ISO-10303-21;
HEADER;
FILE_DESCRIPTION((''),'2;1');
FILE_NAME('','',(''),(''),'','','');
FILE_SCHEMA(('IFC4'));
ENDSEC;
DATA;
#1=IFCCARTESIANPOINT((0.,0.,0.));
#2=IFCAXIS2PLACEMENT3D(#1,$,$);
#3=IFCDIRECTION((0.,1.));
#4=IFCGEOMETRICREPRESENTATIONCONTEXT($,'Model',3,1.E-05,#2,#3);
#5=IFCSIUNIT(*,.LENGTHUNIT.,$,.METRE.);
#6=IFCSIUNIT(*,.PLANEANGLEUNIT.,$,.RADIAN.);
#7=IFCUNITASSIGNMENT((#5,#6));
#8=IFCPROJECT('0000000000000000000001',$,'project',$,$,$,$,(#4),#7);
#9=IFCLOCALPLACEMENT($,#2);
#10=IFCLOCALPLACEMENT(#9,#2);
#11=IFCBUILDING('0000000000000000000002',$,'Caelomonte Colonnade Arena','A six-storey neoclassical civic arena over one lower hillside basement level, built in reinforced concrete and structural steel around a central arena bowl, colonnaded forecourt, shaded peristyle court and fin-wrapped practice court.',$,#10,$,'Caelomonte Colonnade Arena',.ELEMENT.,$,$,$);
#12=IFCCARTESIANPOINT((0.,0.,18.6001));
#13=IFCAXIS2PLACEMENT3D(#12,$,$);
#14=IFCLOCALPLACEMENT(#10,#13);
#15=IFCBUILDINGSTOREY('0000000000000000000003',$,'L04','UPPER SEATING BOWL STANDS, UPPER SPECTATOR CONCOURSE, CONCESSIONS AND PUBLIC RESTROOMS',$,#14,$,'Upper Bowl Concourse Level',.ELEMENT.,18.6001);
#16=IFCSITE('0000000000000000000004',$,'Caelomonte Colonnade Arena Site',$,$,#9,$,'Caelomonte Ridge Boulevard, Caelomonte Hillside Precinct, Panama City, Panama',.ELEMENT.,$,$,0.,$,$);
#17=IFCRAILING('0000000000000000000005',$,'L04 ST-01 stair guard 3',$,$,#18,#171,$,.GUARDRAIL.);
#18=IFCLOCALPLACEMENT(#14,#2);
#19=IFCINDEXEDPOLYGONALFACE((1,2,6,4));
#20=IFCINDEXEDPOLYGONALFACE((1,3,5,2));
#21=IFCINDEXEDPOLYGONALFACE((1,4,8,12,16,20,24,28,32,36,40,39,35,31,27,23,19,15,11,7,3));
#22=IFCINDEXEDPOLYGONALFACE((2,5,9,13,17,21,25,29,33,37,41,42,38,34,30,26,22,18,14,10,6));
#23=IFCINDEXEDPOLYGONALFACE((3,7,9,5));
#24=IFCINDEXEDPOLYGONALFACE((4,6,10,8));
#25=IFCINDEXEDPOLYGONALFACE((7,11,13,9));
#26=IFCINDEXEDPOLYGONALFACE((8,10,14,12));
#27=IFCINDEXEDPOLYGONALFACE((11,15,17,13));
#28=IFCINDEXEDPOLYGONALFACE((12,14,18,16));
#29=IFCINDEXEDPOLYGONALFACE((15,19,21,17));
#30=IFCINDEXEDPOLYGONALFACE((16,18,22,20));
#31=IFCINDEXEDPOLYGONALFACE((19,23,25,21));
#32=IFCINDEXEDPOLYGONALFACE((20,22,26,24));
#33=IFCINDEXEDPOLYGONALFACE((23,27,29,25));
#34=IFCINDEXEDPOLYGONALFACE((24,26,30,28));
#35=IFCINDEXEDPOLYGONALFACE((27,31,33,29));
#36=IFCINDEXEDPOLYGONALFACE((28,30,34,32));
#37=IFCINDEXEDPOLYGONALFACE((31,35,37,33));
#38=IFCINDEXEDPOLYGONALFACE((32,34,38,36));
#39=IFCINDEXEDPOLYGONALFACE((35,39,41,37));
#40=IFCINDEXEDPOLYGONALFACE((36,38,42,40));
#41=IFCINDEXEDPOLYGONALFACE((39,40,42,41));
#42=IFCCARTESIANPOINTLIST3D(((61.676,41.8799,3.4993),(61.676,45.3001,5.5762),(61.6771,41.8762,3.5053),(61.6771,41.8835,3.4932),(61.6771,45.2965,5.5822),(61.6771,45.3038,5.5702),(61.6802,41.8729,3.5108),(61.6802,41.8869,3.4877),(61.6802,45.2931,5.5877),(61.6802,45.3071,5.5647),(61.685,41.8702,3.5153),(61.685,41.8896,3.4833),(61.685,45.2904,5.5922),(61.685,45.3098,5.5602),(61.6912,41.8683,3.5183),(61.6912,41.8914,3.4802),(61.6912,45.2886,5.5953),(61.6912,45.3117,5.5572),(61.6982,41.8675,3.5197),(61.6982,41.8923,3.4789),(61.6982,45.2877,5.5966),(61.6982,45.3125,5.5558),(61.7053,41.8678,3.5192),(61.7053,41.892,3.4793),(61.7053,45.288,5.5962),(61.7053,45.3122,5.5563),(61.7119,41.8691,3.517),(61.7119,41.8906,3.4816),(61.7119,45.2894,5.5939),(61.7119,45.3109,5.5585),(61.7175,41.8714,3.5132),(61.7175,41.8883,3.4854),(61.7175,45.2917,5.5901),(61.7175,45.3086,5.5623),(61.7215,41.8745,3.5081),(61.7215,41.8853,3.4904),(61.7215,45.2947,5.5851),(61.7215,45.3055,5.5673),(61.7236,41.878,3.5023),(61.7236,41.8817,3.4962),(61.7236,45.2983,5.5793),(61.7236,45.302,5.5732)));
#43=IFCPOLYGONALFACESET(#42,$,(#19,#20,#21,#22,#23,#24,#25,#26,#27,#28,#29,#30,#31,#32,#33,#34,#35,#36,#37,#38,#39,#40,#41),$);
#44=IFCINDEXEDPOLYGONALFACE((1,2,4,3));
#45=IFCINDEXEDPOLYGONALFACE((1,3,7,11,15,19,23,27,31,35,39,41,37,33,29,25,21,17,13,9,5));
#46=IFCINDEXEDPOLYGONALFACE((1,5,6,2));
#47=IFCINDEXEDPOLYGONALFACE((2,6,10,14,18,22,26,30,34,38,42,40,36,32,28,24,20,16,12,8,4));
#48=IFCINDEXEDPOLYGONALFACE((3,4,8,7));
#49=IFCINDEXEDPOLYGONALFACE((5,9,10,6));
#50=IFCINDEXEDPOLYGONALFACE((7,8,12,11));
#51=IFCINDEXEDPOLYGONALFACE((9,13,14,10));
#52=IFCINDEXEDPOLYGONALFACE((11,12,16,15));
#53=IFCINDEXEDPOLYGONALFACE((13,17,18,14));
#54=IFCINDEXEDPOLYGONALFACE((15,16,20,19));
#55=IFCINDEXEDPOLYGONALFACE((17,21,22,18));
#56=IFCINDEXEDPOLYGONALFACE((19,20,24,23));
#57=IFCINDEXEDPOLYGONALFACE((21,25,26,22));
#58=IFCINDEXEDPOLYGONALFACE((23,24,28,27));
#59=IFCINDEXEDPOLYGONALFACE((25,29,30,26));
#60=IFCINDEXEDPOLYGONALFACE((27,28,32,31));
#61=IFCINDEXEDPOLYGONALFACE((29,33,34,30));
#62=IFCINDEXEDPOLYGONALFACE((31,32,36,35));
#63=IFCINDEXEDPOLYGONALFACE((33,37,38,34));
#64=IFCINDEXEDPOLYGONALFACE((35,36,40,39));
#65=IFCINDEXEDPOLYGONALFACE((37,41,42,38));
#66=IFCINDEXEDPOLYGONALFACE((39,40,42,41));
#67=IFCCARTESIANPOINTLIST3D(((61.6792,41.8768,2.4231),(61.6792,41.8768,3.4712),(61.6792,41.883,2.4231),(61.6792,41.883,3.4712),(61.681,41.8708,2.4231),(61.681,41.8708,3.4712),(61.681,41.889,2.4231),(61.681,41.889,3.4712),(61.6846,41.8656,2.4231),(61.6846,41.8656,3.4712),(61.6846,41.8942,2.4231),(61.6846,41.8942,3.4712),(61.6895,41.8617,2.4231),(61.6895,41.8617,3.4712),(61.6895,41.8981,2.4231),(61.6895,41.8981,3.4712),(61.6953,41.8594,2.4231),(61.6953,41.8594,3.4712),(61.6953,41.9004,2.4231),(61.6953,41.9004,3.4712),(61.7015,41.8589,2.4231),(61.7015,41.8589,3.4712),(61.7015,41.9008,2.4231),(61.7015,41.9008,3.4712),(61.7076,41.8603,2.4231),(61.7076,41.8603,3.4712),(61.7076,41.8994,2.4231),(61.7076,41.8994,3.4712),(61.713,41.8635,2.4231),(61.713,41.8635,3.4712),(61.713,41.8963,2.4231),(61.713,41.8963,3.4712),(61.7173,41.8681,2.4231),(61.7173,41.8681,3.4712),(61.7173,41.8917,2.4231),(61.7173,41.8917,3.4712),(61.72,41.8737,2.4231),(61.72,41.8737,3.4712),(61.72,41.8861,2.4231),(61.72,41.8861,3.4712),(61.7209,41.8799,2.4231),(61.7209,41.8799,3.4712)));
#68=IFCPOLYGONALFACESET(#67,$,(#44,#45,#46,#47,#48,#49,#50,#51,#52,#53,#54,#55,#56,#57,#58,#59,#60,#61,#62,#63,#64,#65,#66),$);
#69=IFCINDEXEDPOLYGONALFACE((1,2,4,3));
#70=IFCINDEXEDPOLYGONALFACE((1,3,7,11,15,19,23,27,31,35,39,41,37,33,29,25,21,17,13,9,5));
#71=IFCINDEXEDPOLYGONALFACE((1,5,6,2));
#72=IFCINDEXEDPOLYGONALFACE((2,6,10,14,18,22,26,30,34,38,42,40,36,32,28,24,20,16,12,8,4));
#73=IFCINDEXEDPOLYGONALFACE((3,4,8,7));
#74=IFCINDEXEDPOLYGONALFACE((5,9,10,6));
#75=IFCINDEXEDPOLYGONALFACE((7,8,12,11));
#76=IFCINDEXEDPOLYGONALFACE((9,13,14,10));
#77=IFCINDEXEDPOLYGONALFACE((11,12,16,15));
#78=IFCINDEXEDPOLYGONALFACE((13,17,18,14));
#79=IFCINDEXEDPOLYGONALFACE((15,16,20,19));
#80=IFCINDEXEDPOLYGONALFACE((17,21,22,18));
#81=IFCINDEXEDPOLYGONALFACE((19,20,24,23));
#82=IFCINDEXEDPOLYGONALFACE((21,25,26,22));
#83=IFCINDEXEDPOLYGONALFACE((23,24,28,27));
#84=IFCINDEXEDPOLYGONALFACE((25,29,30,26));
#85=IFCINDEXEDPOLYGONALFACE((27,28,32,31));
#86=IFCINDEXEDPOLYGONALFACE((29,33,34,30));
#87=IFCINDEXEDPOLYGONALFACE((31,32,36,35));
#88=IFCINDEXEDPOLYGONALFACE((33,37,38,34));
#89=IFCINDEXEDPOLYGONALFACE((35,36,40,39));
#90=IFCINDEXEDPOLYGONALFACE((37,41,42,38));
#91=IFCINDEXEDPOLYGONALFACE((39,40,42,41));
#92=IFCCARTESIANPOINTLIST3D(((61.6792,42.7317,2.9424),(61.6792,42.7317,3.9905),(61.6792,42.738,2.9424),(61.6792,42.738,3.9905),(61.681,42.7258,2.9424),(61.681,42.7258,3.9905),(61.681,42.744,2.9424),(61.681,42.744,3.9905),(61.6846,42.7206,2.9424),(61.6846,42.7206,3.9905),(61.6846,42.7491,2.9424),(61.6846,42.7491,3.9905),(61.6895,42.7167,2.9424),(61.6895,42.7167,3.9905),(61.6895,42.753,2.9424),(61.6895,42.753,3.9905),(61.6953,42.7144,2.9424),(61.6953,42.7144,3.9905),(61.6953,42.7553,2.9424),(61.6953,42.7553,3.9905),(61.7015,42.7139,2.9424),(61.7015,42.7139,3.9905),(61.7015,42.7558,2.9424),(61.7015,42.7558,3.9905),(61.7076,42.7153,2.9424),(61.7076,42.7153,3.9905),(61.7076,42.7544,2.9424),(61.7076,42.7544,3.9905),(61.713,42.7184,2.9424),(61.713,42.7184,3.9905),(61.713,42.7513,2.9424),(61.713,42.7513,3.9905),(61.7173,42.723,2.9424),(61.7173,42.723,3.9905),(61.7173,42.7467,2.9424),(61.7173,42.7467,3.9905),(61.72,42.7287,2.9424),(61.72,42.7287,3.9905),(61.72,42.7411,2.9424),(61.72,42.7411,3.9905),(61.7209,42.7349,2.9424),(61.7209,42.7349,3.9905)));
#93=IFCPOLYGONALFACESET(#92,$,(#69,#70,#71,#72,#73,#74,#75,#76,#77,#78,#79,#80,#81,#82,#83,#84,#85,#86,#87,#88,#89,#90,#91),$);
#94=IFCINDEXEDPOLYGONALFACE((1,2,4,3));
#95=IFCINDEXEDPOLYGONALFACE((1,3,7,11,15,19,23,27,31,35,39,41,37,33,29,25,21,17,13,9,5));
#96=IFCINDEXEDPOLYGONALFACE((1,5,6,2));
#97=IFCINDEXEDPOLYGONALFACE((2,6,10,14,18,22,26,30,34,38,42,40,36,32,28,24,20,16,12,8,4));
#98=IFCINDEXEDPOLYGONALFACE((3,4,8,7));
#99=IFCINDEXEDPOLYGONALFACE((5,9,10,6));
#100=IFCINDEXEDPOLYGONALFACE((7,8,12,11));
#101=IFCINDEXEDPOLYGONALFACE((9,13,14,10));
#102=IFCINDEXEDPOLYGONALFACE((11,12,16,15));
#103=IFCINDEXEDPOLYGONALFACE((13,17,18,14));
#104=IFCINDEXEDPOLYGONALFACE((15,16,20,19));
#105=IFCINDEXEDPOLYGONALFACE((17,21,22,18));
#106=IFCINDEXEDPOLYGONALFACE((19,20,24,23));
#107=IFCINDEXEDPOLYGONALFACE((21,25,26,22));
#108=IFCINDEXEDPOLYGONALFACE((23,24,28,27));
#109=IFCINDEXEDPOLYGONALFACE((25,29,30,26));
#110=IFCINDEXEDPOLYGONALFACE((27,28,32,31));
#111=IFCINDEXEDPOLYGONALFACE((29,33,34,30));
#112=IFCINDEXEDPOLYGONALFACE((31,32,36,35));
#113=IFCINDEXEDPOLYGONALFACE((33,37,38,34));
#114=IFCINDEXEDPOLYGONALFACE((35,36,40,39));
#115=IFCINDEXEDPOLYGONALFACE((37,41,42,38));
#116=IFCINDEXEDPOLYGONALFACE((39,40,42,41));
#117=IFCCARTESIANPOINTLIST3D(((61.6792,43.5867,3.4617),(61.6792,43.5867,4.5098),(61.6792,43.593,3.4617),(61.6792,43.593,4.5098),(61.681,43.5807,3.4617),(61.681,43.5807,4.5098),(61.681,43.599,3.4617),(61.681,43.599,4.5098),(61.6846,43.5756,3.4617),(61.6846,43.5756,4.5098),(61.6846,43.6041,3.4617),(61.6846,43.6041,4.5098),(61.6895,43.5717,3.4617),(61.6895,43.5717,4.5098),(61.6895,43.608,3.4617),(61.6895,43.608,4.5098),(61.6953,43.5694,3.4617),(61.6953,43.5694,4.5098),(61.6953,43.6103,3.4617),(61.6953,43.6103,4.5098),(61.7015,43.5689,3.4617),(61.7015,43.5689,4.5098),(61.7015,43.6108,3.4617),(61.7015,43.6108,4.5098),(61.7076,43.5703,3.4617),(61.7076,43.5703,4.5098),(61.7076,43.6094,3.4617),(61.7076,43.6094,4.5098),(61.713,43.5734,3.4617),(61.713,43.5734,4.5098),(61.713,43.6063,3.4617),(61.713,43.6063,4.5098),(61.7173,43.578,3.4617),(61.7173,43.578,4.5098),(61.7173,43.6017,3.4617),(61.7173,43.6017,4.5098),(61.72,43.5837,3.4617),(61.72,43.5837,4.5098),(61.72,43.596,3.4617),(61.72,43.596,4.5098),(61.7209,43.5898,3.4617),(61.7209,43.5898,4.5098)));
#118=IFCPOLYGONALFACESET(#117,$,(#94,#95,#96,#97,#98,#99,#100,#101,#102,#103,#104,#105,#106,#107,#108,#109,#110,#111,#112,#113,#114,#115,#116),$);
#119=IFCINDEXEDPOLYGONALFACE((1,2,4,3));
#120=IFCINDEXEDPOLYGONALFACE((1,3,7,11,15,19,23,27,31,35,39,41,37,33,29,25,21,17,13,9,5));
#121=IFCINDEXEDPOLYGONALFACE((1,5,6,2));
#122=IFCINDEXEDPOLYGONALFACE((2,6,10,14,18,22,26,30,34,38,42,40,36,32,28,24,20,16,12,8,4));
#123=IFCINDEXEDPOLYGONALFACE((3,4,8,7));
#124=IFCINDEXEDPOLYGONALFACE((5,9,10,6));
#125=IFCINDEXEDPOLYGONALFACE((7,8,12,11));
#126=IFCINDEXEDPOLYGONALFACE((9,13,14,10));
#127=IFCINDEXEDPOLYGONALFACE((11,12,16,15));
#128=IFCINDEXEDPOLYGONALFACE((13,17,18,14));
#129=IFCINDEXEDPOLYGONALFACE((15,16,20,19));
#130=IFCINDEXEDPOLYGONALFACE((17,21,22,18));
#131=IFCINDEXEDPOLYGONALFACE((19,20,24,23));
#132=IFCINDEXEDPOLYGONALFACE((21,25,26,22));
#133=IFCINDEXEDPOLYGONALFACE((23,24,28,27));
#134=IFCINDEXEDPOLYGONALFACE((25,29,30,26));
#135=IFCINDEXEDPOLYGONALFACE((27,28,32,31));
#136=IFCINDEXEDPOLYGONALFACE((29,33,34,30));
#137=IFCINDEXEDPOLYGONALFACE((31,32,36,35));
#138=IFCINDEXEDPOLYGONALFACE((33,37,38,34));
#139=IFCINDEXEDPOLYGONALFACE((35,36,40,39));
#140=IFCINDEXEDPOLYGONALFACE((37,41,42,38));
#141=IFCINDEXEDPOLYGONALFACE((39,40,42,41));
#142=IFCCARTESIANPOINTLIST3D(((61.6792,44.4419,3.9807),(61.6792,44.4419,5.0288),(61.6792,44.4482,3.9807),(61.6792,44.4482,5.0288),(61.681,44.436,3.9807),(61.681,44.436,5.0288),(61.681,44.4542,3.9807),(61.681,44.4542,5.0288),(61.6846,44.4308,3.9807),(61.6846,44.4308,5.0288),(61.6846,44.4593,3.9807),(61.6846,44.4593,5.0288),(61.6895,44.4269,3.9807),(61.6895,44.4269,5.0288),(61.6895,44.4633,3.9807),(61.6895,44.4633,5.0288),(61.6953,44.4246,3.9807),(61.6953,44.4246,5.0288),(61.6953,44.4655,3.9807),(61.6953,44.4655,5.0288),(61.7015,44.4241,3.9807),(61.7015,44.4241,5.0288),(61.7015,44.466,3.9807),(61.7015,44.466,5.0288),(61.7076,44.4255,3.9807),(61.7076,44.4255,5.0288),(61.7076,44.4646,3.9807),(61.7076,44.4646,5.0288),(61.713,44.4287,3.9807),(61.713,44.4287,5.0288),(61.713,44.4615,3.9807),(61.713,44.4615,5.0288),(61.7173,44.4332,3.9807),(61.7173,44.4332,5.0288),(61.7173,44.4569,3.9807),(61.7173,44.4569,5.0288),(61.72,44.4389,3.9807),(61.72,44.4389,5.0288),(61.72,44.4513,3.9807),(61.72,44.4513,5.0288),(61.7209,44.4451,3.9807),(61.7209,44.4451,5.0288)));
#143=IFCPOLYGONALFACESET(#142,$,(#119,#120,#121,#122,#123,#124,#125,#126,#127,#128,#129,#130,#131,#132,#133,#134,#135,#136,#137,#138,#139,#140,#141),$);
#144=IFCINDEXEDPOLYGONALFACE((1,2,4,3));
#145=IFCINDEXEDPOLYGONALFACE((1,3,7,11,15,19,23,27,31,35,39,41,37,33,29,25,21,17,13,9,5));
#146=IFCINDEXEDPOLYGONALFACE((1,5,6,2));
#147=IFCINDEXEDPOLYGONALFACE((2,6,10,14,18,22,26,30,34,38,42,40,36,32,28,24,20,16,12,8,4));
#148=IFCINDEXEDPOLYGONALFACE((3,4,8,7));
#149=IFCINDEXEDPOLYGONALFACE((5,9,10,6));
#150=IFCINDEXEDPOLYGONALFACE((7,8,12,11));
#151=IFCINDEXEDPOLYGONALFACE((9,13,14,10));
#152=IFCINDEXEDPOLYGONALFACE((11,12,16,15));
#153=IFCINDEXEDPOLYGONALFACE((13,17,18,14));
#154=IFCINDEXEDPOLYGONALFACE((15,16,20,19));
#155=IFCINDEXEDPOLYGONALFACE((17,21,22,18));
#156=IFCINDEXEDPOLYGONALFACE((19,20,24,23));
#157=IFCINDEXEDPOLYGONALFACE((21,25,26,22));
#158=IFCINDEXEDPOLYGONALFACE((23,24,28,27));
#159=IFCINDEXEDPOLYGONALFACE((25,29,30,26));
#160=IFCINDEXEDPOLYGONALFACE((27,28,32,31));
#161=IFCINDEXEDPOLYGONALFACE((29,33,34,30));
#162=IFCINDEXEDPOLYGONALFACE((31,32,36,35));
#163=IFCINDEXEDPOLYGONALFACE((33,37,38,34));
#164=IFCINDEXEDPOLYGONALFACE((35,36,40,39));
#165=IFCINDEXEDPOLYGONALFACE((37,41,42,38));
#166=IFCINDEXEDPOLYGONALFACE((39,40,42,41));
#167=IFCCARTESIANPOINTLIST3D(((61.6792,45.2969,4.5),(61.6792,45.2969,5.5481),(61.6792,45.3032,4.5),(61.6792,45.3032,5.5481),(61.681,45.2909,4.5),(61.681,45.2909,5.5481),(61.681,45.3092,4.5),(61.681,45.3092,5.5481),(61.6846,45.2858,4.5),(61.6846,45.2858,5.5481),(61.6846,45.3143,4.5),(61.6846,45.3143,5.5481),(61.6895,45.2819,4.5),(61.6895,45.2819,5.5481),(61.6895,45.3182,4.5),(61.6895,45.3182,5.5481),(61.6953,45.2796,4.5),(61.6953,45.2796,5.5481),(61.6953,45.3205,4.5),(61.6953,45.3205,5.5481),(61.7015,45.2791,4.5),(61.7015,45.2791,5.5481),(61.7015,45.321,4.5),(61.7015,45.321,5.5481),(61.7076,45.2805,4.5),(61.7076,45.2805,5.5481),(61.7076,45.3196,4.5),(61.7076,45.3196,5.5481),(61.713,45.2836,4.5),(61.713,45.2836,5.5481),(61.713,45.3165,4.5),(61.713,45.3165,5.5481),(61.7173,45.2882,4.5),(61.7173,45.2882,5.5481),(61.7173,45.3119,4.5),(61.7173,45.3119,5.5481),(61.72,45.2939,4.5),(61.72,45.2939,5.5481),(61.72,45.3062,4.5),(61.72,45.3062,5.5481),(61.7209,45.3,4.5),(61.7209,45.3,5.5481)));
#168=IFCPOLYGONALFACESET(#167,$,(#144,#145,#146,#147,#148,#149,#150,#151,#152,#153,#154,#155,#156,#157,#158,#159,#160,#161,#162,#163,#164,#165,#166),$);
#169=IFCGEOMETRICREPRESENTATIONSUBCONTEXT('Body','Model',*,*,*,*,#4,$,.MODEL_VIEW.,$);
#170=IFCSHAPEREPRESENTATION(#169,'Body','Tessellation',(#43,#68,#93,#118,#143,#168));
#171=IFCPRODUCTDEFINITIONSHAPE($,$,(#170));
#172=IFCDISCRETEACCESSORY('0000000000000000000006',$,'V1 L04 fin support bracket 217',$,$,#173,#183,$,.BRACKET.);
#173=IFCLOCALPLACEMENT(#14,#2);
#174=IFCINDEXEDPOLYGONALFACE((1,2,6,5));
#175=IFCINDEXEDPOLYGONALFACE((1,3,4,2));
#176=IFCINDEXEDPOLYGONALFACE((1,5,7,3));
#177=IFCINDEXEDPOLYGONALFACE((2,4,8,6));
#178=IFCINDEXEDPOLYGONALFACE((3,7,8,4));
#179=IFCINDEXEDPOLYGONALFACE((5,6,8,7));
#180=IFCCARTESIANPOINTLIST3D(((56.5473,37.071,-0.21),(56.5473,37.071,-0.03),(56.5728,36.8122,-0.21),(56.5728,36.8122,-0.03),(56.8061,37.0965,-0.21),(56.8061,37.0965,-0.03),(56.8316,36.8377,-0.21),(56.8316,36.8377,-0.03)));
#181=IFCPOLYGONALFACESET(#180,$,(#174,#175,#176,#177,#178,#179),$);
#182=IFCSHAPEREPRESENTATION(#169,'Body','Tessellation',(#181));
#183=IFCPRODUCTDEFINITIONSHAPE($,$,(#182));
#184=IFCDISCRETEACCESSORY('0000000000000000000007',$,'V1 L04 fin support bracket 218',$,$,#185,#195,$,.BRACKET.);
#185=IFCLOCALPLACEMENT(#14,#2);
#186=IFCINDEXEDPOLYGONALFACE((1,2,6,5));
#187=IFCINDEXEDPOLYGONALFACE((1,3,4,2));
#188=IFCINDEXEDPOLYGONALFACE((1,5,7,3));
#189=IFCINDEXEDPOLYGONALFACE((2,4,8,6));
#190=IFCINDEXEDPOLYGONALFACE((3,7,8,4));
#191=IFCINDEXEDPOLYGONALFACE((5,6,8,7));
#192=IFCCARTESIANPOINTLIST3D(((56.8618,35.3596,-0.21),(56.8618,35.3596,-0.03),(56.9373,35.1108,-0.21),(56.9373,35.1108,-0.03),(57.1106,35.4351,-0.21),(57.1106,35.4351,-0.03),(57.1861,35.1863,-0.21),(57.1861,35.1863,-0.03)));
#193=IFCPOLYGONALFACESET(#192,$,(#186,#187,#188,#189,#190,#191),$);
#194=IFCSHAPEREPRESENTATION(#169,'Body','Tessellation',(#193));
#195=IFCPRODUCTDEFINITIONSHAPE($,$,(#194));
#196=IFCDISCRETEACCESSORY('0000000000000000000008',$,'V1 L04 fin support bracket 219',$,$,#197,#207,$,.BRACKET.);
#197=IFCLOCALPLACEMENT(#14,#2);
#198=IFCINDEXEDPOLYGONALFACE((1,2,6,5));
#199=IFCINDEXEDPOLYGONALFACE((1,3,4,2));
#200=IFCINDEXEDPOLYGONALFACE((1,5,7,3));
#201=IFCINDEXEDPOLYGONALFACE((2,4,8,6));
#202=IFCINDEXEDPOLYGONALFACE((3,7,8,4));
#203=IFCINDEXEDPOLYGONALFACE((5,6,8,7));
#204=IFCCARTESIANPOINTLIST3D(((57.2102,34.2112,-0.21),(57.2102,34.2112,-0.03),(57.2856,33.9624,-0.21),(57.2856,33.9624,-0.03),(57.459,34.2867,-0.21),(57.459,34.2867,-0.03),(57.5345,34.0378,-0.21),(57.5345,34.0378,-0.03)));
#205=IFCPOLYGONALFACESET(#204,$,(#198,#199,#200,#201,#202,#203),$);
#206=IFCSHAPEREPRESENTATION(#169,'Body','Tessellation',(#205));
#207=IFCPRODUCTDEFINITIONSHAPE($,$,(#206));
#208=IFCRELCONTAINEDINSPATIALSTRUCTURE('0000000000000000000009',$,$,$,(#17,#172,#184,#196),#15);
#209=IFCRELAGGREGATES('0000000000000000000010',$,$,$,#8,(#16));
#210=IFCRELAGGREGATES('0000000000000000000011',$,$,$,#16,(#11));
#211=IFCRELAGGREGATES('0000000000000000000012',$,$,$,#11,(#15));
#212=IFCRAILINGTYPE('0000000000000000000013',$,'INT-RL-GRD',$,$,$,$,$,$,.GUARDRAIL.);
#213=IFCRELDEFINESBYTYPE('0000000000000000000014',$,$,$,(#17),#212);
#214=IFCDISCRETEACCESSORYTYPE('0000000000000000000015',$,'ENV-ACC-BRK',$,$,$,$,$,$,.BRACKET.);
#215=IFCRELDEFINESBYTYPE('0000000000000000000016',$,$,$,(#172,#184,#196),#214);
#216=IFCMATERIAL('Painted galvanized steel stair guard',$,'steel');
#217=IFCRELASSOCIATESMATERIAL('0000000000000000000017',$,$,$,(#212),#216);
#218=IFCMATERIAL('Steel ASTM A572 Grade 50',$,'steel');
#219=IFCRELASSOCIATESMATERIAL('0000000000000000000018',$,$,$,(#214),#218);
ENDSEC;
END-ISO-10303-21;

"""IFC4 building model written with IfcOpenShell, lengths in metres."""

from ifc_helpers import new_model, si_unit, direction, frame, origin, origin_2d, place, context, subcontext, project, spatial, rectangle, circle, extrude, material, type_object, element, save


model = new_model("IFC4")

# Units and contexts
model_context = context("Model", 3, precision=1e-05, world=origin(), true_north=direction((0.0, 1.0)))
body_context = subcontext(model_context, "Body", "Model", "MODEL_VIEW")
ifc_project = project(units=[si_unit("LENGTHUNIT", "METRE"), si_unit("PLANEANGLEUNIT", "RADIAN")], contexts=[model_context])

# Site, building, storey
site_placement = place(None, origin())
site = spatial("IfcSite", under=ifc_project, at=site_placement, Name="Caelomonte Colonnade Arena Site", LongName="Caelomonte Ridge Boulevard, Caelomonte Hillside Precinct, Panama City, Panama", CompositionType="ELEMENT", RefElevation=0.0)
building_placement = place(site_placement, origin())
building = spatial("IfcBuilding", under=site, at=building_placement, Name="Caelomonte Colonnade Arena", Description="A six-storey neoclassical civic arena over one lower hillside basement level, built in reinforced concrete and structural steel around a central arena bowl, colonnaded forecourt, shaded peristyle court and fin-wrapped practice court.", LongName="Caelomonte Colonnade Arena", CompositionType="ELEMENT")
storey_placement = place(building_placement, frame((0.0, 0.0, 18.6001)))
storey = spatial("IfcBuildingStorey", under=building, at=storey_placement, Name="L04", Description="UPPER SEATING BOWL STANDS, UPPER SPECTATOR CONCOURSE, CONCESSIONS AND PUBLIC RESTROOMS", LongName="Upper Bowl Concourse Level", CompositionType="ELEMENT", Elevation=18.6001)

# Railing
ifc_material_1 = material(Name="Painted galvanized steel stair guard", Category="steel")
railing_type = type_object("IfcRailingType", Name="INT-RL-GRD", PredefinedType="GUARDRAIL", material=ifc_material_1)
railing_1_placement = place(storey_placement, frame((61.7, 41.8799, 2.4231)))
element("IfcRailing", 1, at=railing_1_placement, inside=storey, type_object=railing_type, Name="L04 ST-01 stair guard 3", PredefinedType="GUARDRAIL", context=body_context, shape_type="SweptSolid", body=[
    extrude(circle(Radius=0.0239, at=origin_2d()), frame((0.0, 0.0, 1.0762), z_axis=(0.0, 0.854746, 0.519047), x_axis=(-1.0, 0.0, 0.0)), (0.0, 0.0, 1.0), 4.0015),
    extrude(circle(Radius=0.021, at=origin_2d()), origin(), (0.0, 0.0, 1.0), 1.0481),
    extrude(circle(Radius=0.021, at=origin_2d()), frame((0.0, 0.855, 0.5193)), (0.0, 0.0, 1.0), 1.0481),
    extrude(circle(Radius=0.021, at=origin_2d()), frame((0.0, 1.71, 1.0386)), (0.0, 0.0, 1.0), 1.0481),
    extrude(circle(Radius=0.021, at=origin_2d()), frame((0.0, 2.5652, 1.5576)), (0.0, 0.0, 1.0), 1.0481),
    extrude(circle(Radius=0.021, at=origin_2d()), frame((0.0, 3.4202, 2.0769)), (0.0, 0.0, 1.0), 1.0481),
])

# Discrete accessories
ifc_material_2 = material(Name="Steel ASTM A572 Grade 50", Category="steel")
discrete_accessory_type = type_object("IfcDiscreteAccessoryType", Name="ENV-ACC-BRK", PredefinedType="BRACKET", material=ifc_material_2)
for number, where, z_axis, x_axis, name in (
    (2, (56.6895, 36.9543, -0.21), (0.0, 0.0, 1.0), (0.098015, -0.995185, 0.0), "V1 L04 fin support bracket 217"),
    (3, (57.0239, 35.2729, -0.21), (0.0, 0.0, 1.0), (0.290276, -0.956943, 0.0), "V1 L04 fin support bracket 218"),
    (4, (57.3723, 34.1245, -0.21), (0.0, 0.0, 1.0), (0.290276, -0.956943, 0.0), "V1 L04 fin support bracket 219"),
):
    element("IfcDiscreteAccessory", number, at=place(storey_placement, frame(where, z_axis=z_axis, x_axis=x_axis)), inside=storey, type_object=discrete_accessory_type, Name=name, PredefinedType="BRACKET", context=body_context, shape_type="SweptSolid", body=[
        extrude(rectangle(XDim=0.26, YDim=0.26, at=origin_2d()), origin(), (0.0, 0.0, 1.0), 0.1799),
    ])

save(model, "model.ifc")
